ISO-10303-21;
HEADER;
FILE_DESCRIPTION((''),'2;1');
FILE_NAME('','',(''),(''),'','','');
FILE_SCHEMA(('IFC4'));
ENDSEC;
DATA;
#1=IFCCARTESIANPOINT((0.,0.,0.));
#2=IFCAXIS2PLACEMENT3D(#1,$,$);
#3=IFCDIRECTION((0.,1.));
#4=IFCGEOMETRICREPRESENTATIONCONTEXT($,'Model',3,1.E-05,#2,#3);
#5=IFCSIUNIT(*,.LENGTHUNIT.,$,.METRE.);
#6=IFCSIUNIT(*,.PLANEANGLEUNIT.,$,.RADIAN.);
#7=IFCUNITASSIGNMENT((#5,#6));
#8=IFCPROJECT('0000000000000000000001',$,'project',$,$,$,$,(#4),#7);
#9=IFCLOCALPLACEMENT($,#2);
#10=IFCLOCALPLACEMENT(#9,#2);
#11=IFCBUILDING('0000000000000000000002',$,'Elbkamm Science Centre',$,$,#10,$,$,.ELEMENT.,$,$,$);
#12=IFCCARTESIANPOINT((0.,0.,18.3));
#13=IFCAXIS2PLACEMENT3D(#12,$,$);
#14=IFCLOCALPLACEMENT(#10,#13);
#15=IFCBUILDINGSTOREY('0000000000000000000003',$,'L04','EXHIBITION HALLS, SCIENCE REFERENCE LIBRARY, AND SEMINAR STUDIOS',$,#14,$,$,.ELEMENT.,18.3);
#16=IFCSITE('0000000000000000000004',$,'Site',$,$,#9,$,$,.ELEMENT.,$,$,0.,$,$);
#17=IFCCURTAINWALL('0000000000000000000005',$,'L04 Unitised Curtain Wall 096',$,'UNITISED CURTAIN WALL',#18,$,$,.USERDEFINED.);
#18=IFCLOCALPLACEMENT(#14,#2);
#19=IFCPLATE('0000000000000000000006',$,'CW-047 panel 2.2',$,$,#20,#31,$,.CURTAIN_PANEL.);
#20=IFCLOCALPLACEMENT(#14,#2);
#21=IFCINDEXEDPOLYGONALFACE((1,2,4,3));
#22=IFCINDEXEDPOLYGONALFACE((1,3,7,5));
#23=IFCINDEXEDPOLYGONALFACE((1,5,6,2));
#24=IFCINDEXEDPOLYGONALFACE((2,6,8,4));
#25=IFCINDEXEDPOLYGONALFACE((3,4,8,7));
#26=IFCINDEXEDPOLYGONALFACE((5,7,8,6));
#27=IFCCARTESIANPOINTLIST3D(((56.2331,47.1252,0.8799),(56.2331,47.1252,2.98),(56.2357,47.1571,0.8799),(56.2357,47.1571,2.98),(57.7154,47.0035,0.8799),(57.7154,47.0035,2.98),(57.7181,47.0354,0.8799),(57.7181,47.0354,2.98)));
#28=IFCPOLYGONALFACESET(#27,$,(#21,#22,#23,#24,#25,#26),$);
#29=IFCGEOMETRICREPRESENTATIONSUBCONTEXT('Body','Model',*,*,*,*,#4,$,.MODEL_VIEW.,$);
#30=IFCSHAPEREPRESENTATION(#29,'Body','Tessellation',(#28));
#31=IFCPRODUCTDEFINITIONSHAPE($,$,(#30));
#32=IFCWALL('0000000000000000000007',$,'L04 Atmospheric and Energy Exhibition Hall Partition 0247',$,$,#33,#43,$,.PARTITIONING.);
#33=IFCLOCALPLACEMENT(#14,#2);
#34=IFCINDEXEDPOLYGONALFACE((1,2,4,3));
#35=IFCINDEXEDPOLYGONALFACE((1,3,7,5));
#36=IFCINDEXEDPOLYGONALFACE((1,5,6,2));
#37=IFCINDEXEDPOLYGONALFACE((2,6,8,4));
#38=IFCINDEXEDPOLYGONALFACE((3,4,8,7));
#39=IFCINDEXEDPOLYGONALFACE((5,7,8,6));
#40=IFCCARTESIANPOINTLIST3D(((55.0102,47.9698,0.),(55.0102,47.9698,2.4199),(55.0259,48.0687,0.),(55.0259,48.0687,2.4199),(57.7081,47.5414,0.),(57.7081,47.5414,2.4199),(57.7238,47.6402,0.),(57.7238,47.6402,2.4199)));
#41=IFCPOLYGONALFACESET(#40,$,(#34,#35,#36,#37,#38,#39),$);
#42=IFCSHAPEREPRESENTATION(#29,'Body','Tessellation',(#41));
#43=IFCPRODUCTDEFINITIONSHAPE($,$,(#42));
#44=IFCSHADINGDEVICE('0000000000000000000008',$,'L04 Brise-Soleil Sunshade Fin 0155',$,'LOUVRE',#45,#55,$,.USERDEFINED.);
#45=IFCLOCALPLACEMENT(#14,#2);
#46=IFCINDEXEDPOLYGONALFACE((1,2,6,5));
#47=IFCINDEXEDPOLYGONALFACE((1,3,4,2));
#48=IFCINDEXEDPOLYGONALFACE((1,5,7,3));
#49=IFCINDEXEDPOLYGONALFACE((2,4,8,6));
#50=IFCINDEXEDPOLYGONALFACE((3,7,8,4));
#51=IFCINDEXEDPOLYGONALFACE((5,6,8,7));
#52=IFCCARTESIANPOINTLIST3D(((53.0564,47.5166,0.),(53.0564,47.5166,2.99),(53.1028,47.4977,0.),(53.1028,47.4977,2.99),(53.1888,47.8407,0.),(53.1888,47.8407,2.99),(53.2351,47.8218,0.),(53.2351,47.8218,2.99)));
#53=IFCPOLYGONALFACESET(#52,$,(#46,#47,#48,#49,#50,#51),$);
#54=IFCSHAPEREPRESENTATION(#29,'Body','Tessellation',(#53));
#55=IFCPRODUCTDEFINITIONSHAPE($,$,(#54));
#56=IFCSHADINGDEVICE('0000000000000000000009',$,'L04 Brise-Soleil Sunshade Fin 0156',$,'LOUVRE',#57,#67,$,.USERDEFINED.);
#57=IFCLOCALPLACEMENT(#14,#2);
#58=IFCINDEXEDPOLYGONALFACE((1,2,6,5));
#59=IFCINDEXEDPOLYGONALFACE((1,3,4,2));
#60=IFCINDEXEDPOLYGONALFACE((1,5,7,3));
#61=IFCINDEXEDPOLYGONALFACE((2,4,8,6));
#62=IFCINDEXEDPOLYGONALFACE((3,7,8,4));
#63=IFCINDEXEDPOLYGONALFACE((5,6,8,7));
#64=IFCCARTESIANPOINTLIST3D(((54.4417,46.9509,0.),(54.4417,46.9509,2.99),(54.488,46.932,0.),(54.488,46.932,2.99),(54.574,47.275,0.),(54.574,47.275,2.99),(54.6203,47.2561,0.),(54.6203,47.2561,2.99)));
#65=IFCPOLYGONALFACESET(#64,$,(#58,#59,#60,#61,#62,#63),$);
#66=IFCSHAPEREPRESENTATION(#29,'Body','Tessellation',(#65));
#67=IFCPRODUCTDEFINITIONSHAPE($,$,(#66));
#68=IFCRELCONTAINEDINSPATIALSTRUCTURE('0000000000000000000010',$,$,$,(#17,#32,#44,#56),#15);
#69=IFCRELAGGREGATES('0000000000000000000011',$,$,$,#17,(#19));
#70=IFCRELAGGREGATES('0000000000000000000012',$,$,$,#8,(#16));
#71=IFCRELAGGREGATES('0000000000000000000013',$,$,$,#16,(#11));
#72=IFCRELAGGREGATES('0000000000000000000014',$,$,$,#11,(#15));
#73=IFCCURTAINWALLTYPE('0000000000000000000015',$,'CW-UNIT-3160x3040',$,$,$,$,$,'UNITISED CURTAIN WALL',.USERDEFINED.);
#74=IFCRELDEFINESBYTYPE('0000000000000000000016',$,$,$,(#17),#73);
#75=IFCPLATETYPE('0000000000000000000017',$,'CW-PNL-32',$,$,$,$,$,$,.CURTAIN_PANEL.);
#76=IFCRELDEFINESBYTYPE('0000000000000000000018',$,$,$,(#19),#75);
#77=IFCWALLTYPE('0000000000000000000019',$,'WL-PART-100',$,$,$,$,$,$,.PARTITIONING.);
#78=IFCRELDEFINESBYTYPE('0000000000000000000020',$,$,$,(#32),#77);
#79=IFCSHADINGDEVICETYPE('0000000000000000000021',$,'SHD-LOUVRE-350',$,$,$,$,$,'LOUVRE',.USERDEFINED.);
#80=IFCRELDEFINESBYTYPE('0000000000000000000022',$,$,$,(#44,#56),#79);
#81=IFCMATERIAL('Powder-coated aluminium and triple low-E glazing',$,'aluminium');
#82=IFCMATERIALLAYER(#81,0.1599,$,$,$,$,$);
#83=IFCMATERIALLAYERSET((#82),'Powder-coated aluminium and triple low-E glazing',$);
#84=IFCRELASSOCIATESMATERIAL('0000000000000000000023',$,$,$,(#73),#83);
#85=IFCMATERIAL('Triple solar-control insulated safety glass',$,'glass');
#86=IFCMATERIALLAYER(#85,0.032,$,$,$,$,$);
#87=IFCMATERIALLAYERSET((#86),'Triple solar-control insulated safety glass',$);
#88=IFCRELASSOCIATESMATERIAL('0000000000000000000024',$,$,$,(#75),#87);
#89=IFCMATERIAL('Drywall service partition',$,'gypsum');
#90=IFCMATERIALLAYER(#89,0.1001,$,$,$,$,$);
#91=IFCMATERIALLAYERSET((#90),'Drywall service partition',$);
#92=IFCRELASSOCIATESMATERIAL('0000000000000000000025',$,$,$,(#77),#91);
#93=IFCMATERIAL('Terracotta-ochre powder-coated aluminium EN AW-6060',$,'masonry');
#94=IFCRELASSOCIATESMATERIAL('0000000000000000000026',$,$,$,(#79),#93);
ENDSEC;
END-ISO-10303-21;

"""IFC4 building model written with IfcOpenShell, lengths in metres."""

from ifc_helpers import new_model, si_unit, direction, frame, frame_2d, origin, origin_2d, place, context, subcontext, project, spatial, rectangle, extrude, material, layer, layer_set, type_object, element, aggregate, save


model = new_model("IFC4")

# Units and contexts
model_context = context("Model", 3, precision=1e-05, world=origin(), true_north=direction((0.0, 1.0)))
body_context = subcontext(model_context, "Body", "Model", "MODEL_VIEW")
ifc_project = project(units=[si_unit("LENGTHUNIT", "METRE"), si_unit("PLANEANGLEUNIT", "RADIAN")], contexts=[model_context])

# Site, building, storey
site_placement = place(None, origin())
site = spatial("IfcSite", under=ifc_project, at=site_placement, Name="Site", CompositionType="ELEMENT", RefElevation=0.0)
building_placement = place(site_placement, origin())
building = spatial("IfcBuilding", under=site, at=building_placement, Name="Elbkamm Science Centre", CompositionType="ELEMENT")
storey_placement = place(building_placement, frame((0.0, 0.0, 18.3)))
storey = spatial("IfcBuildingStorey", under=building, at=storey_placement, Name="L04", Description="EXHIBITION HALLS, SCIENCE REFERENCE LIBRARY, AND SEMINAR STUDIOS", CompositionType="ELEMENT", Elevation=18.3)

# Curtain wall
ifc_material_1 = material(Name="Powder-coated aluminium and triple low-E glazing", Category="aluminium")
ifc_layer_1 = layer(ifc_material_1, 0.1599)
ifc_layer_set_1 = layer_set([ifc_layer_1], Name="Powder-coated aluminium and triple low-E glazing")
curtain_wall_type_1 = type_object("IfcCurtainWallType", Name="CW-UNIT-3160x3040", ElementType="UNITISED CURTAIN WALL", PredefinedType="USERDEFINED", material=ifc_layer_set_1)
curtain_wall_1_placement = place(storey_placement, origin())
curtain_wall_1 = element("IfcCurtainWall", 1, at=curtain_wall_1_placement, inside=storey, type_object=curtain_wall_type_1, Name="L04 Unitised Curtain Wall 096", ObjectType="UNITISED CURTAIN WALL", PredefinedType="USERDEFINED")

# Plate
ifc_material_2 = material(Name="Triple solar-control insulated safety glass", Category="glass")
ifc_layer_2 = layer(ifc_material_2, 0.032)
ifc_layer_set_2 = layer_set([ifc_layer_2], Name="Triple solar-control insulated safety glass")
plate_type = type_object("IfcPlateType", Name="CW-PNL-32", PredefinedType="CURTAIN_PANEL", material=ifc_layer_set_2)
plate_1_placement = place(storey_placement, frame((56.9756, 47.0803, 0.8799), z_axis=(0.0, 0.0, 1.0), x_axis=(0.996647, -0.08182, 0.0)))
plate_1 = element("IfcPlate", 2, at=plate_1_placement, type_object=plate_type, Name="CW-047 panel 2.2", PredefinedType="CURTAIN_PANEL", context=body_context, shape_type="SweptSolid", body=[
    extrude(rectangle(XDim=1.4873, YDim=0.032, at=origin_2d()), origin(), (0.0, 0.0, 1.0), 2.1001),
])
aggregate(curtain_wall_1, [plate_1])

# Wall
ifc_material_3 = material(Name="Drywall service partition", Category="gypsum")
ifc_layer_3 = layer(ifc_material_3, 0.1001)
ifc_layer_set_3 = layer_set([ifc_layer_3], Name="Drywall service partition")
wall_type = type_object("IfcWallType", Name="WL-PART-100", PredefinedType="PARTITIONING", material=ifc_layer_set_3)
wall_placement = place(storey_placement, frame((57.7158, 47.5908, 0.0), z_axis=(0.0, 0.0, 1.0), x_axis=(-0.987623, 0.156844, 0.0)))
element("IfcWall", 3, at=wall_placement, inside=storey, type_object=wall_type, Name="L04 Atmospheric and Energy Exhibition Hall Partition 0247", PredefinedType="PARTITIONING", context=body_context, shape_type="SweptSolid", body=[
    extrude(rectangle(XDim=2.7317, YDim=0.1001, at=frame_2d((1.3657, 0.0))), origin(), (0.0, 0.0, 1.0), 2.4199),
])

# Shading devices
ifc_material_4 = material(Name="Terracotta-ochre powder-coated aluminium EN AW-6060", Category="masonry")
shading_device_type = type_object("IfcShadingDeviceType", Name="SHD-LOUVRE-350", ElementType="LOUVRE", PredefinedType="USERDEFINED", material=ifc_material_4)
for number, where, z_axis, x_axis, name in (
    (4, (53.1458, 47.6692, 0.0), (0.0, 0.0, 1.0), (-0.378001, -0.925805, 0.0), "L04 Brise-Soleil Sunshade Fin 0155"),
    (5, (54.531, 47.1035, 0.0), (0.0, 0.0, 1.0), (-0.378001, -0.925805, 0.0), "L04 Brise-Soleil Sunshade Fin 0156"),
):
    element("IfcShadingDevice", number, at=place(storey_placement, frame(where, z_axis=z_axis, x_axis=x_axis)), inside=storey, type_object=shading_device_type, Name=name, ObjectType="LOUVRE", PredefinedType="USERDEFINED", context=body_context, shape_type="SweptSolid", body=[
        extrude(rectangle(XDim=0.3501, YDim=0.05, at=origin_2d()), origin(), (0.0, 0.0, 1.0), 2.99),
    ])

save(model, "model.ifc")
